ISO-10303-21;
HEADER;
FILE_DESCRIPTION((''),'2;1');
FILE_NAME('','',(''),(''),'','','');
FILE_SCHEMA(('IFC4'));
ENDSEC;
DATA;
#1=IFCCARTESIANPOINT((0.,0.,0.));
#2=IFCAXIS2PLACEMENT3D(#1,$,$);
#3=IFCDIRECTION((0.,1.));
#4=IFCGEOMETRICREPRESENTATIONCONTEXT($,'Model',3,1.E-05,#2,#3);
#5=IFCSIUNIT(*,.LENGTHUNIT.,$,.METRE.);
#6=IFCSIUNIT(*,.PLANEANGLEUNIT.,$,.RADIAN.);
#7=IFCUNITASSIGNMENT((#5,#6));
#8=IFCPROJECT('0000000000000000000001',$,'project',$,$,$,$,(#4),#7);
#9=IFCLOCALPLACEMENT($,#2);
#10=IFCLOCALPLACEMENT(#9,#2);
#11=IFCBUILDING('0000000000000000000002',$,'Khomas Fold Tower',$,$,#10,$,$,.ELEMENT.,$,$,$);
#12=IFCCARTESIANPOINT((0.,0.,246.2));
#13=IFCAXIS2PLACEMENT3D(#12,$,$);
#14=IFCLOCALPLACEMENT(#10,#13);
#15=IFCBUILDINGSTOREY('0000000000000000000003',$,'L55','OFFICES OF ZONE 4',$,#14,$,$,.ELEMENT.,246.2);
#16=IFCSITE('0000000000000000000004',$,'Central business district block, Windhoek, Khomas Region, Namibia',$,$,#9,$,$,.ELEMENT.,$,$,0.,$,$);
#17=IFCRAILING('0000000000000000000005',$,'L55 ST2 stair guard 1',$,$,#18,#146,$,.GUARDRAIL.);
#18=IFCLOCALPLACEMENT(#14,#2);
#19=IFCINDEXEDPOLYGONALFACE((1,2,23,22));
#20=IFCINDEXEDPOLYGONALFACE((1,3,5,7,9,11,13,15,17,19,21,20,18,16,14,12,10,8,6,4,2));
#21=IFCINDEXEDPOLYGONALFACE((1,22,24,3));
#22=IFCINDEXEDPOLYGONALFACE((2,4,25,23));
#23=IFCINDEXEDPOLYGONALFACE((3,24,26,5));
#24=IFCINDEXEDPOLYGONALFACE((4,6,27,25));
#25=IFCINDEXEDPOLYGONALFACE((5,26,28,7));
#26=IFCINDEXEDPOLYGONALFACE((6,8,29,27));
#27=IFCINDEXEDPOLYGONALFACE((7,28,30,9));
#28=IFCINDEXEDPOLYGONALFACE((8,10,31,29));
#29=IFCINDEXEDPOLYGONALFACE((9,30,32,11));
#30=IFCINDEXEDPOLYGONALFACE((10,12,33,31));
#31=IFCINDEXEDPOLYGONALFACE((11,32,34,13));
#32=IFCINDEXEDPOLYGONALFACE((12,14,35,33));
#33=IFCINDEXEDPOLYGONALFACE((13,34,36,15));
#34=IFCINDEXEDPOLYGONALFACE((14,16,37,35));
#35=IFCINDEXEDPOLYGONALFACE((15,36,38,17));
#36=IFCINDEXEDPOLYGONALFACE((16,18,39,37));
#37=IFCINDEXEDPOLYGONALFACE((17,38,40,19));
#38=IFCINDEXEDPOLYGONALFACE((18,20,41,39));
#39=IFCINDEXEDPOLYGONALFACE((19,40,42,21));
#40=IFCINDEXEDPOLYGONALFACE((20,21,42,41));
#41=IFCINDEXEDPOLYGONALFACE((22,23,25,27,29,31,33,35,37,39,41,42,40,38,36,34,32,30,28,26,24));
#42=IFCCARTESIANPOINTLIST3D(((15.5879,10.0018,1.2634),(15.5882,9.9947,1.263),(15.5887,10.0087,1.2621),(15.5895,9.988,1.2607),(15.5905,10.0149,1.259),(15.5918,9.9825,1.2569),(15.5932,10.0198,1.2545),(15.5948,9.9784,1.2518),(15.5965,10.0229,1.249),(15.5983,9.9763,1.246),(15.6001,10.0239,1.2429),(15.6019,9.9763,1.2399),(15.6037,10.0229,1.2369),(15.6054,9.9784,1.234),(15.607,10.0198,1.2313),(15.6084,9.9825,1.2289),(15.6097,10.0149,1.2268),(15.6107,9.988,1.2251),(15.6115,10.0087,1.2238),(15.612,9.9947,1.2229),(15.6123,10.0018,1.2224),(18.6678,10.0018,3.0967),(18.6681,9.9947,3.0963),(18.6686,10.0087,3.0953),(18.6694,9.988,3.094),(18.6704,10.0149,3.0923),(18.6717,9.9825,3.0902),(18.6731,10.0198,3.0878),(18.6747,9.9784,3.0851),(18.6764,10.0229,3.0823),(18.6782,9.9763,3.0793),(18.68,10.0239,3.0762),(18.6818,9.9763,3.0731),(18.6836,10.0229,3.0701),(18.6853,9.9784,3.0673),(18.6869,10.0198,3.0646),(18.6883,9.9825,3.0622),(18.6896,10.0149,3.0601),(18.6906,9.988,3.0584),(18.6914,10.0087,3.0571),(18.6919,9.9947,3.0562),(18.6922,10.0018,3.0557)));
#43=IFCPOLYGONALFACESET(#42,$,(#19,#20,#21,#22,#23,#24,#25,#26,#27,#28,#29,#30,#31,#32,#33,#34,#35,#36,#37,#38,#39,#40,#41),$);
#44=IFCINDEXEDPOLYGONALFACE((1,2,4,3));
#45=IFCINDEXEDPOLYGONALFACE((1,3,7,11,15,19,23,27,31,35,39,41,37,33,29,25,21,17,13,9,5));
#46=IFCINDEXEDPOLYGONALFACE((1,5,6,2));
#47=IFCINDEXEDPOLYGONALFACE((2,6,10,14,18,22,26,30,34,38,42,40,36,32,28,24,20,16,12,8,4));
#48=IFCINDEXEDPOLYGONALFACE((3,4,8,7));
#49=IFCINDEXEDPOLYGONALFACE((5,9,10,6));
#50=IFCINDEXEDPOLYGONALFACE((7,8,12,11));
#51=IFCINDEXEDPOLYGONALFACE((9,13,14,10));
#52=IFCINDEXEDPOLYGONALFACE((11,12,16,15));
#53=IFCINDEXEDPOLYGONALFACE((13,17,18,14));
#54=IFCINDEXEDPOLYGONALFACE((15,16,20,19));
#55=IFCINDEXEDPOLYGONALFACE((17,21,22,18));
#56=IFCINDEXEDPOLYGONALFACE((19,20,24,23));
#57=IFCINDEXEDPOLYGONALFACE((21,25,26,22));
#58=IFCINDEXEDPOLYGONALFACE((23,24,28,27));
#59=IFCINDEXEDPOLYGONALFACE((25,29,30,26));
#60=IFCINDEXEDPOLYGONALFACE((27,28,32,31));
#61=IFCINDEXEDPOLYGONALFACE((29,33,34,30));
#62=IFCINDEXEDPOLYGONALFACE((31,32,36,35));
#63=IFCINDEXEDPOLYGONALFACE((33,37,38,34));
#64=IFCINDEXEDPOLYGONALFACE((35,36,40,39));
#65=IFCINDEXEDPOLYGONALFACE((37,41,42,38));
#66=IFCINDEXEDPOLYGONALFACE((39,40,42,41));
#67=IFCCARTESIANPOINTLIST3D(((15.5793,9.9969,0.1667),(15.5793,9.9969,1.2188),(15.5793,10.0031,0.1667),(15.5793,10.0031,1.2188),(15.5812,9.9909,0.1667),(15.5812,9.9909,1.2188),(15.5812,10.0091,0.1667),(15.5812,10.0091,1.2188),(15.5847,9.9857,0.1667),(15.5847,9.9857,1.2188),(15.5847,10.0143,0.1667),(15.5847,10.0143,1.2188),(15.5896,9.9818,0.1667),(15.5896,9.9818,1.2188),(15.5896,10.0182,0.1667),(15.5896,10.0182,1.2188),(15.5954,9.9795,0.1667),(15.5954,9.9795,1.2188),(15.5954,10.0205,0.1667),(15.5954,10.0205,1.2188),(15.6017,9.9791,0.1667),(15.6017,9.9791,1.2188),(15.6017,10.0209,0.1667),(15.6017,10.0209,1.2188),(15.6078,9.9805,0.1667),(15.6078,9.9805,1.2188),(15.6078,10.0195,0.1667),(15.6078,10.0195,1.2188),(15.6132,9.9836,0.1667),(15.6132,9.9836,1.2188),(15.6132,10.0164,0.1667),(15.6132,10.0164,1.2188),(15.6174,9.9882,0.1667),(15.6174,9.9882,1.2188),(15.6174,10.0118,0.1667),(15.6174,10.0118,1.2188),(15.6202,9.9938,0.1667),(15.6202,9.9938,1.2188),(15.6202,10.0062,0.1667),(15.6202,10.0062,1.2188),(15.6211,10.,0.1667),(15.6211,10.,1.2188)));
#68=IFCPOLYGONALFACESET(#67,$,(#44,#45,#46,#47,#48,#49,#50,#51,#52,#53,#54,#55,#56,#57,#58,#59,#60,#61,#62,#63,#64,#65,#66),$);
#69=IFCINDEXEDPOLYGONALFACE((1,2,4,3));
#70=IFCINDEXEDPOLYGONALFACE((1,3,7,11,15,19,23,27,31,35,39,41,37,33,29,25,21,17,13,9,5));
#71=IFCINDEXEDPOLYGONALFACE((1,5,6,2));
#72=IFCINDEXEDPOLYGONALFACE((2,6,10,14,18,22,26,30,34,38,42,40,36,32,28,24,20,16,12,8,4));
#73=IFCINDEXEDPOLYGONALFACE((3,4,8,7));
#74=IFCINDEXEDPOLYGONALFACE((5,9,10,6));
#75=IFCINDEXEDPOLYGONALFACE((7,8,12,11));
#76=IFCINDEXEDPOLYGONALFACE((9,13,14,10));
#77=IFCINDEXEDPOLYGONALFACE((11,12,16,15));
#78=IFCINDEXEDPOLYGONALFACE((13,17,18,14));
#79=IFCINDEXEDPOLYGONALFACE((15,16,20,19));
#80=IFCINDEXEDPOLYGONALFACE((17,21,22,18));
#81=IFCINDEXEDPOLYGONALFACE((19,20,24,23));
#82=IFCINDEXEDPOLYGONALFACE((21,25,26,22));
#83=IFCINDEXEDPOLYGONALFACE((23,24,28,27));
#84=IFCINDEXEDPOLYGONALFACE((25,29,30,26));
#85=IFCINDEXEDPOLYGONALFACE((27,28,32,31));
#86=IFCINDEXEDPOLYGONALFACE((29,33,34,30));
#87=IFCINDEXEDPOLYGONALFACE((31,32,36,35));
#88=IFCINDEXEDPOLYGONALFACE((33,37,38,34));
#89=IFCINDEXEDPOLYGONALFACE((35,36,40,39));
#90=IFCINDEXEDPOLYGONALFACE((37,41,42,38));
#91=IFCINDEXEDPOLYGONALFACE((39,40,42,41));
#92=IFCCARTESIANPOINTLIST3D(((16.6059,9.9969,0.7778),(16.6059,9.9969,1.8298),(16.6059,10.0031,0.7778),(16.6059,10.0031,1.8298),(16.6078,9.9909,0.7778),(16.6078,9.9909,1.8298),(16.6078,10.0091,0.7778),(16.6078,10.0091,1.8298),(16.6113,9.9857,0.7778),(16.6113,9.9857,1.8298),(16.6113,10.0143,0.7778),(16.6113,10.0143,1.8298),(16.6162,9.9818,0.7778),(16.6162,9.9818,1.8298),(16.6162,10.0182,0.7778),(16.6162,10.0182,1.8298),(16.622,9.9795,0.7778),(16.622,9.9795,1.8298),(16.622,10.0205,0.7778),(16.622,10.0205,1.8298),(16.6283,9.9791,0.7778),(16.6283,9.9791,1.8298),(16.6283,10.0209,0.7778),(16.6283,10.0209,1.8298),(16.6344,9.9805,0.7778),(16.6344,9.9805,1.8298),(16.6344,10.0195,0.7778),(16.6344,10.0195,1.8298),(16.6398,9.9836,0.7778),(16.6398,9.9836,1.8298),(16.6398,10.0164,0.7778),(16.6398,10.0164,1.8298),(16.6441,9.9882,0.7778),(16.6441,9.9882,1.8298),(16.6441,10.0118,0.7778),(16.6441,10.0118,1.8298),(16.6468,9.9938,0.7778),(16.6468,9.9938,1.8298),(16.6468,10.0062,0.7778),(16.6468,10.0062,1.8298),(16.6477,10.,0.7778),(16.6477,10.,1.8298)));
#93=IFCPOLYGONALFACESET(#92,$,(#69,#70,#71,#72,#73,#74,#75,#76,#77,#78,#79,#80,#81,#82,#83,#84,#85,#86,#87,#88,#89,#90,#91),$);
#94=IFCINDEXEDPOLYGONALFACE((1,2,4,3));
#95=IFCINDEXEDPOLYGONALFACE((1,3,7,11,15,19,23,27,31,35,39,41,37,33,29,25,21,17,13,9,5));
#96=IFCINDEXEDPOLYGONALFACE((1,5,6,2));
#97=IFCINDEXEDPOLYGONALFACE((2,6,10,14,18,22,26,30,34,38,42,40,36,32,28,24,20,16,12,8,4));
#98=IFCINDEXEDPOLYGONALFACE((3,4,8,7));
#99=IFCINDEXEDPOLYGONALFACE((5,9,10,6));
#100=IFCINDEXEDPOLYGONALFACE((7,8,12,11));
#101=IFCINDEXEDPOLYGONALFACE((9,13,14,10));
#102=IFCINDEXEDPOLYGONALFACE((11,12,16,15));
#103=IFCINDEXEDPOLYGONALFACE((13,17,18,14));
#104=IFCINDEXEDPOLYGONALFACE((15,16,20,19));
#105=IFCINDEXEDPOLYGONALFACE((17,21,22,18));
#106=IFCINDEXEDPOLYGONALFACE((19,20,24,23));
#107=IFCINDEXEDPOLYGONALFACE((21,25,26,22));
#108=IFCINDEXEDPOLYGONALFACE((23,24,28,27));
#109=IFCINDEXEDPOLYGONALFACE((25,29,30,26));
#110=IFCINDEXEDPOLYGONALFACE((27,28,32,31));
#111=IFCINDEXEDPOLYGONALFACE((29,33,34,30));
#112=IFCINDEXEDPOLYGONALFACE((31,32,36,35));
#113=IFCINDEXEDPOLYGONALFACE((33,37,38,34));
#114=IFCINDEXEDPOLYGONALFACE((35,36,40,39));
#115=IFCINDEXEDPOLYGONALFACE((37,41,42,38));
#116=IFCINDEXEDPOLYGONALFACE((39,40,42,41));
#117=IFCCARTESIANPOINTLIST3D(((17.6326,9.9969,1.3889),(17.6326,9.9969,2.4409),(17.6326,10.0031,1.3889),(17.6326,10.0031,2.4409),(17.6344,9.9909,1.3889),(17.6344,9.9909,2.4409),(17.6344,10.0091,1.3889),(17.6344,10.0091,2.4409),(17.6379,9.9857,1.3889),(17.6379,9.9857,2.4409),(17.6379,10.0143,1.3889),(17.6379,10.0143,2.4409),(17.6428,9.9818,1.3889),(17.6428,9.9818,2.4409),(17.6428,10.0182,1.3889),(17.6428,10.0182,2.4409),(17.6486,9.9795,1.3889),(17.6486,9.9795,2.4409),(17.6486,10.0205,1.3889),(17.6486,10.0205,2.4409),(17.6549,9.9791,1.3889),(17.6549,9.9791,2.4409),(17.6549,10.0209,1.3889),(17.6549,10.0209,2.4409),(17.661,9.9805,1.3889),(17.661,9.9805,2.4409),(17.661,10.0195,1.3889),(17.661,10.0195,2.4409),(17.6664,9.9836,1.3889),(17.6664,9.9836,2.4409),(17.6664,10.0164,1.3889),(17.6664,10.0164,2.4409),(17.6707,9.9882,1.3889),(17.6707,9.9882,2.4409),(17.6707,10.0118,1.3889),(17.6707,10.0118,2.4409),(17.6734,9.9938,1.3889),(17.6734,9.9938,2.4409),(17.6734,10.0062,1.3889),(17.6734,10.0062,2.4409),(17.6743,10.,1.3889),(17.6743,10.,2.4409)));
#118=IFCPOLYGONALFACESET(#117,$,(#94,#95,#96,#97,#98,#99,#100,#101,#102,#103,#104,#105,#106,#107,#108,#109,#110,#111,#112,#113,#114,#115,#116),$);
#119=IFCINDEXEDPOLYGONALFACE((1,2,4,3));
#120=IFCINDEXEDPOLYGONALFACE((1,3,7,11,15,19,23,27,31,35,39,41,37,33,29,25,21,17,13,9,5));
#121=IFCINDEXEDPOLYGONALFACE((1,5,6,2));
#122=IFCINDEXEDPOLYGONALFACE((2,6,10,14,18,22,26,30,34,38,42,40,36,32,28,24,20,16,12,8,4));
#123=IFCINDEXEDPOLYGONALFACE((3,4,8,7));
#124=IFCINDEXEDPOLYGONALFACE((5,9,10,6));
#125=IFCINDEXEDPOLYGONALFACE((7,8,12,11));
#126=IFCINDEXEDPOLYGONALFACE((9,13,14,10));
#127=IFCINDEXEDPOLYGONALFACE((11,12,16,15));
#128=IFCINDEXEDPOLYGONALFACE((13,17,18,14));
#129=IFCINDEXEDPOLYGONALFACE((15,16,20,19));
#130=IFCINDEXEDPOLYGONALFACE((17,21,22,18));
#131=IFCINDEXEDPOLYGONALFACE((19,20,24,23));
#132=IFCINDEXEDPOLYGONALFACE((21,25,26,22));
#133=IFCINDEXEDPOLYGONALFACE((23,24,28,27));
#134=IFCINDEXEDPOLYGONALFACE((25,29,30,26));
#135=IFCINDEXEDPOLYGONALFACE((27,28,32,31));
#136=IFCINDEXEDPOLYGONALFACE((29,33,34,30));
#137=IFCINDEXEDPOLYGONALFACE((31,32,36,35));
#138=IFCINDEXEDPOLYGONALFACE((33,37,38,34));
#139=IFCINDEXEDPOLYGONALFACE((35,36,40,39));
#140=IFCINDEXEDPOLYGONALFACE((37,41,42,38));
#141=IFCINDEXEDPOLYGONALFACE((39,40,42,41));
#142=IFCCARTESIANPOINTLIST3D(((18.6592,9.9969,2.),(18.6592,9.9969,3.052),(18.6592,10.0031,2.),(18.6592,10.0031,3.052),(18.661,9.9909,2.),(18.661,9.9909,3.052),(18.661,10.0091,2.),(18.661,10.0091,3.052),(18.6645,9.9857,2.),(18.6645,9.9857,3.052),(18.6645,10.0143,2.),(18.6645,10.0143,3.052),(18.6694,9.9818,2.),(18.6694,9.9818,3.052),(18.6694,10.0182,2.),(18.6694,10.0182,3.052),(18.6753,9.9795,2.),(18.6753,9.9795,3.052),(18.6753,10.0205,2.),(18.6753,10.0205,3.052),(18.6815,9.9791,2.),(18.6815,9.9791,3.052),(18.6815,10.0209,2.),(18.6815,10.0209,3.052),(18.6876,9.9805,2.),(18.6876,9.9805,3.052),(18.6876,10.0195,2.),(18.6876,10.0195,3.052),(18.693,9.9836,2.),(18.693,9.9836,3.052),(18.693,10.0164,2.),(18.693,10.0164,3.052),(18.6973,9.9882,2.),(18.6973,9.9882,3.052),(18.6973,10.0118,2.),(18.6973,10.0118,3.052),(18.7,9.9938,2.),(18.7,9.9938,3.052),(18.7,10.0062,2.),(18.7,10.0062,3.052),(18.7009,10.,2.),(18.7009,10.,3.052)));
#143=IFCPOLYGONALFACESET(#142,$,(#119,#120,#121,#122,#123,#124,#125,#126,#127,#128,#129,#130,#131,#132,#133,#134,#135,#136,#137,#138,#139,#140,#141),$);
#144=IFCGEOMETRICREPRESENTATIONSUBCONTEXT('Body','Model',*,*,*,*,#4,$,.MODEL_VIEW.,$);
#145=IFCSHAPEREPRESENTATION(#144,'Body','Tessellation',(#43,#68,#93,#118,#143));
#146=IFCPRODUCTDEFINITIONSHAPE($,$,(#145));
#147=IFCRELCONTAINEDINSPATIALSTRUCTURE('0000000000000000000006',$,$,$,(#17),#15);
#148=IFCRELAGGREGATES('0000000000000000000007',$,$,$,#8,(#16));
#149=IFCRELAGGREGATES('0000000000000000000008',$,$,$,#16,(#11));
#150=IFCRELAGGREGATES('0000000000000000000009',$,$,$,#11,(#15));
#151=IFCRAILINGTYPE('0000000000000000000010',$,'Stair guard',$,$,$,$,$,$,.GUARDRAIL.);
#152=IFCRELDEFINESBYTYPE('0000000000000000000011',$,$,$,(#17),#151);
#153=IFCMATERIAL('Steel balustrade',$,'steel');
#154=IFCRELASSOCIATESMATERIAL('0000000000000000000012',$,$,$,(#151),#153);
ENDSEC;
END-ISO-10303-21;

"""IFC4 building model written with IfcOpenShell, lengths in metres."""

from ifc_helpers import new_model, si_unit, direction, frame, origin, origin_2d, place, context, subcontext, project, spatial, circle, extrude, source, transform, mapped, material, type_object, element, save


model = new_model("IFC4")

# Units and contexts
model_context = context("Model", 3, precision=1e-05, world=origin(), true_north=direction((0.0, 1.0)))
body_context = subcontext(model_context, "Body", "Model", "MODEL_VIEW")
ifc_project = project(units=[si_unit("LENGTHUNIT", "METRE"), si_unit("PLANEANGLEUNIT", "RADIAN")], contexts=[model_context])

# Site, building, storey
site_placement = place(None, origin())
site = spatial("IfcSite", under=ifc_project, at=site_placement, Name="Central business district block, Windhoek, Khomas Region, Namibia", CompositionType="ELEMENT", RefElevation=0.0)
building_placement = place(site_placement, origin())
building = spatial("IfcBuilding", under=site, at=building_placement, Name="Khomas Fold Tower", CompositionType="ELEMENT")
storey_placement = place(building_placement, frame((0.0, 0.0, 246.2)))
storey = spatial("IfcBuildingStorey", under=building, at=storey_placement, Name="L55", Description="OFFICES OF ZONE 4", CompositionType="ELEMENT", Elevation=246.2)

# Railing
ifc_material_1 = material(Name="Steel balustrade", Category="steel")
railing_type_1 = type_object("IfcRailingType", Name="Stair guard", PredefinedType="GUARDRAIL", material=ifc_material_1)
shared_shape_1 = source(origin(), body_context, "Body", "SweptSolid", [
    extrude(circle(Radius=0.0239, at=origin_2d()), frame((0.0, 0.0, 1.0762), z_axis=(0.859291, 0.0, 0.511487), x_axis=(0.0, 1.0, 0.0)), (0.0, 0.0, 1.0), 3.5842),
    extrude(circle(Radius=0.021, at=origin_2d()), origin(), (0.0, 0.0, 1.0), 1.052),
    extrude(circle(Radius=0.021, at=origin_2d()), frame((1.0266, 0.0, 0.6111)), (0.0, 0.0, 1.0), 1.052),
    extrude(circle(Radius=0.021, at=origin_2d()), frame((2.0532, 0.0, 1.2222)), (0.0, 0.0, 1.0), 1.052),
    extrude(circle(Radius=0.021, at=origin_2d()), frame((3.0798, 0.0, 1.8333)), (0.0, 0.0, 1.0), 1.052),
])
railing_1_placement = place(storey_placement, frame((15.6001, 10.0, 0.1667)))
element("IfcRailing", 1, at=railing_1_placement, inside=storey, type_object=railing_type_1, Name="L55 ST2 stair guard 1", PredefinedType="GUARDRAIL", context=body_context, shape_type="MappedRepresentation", body=[
    mapped(shared_shape_1, transform((0.0, 0.0, 0.0))),
])

save(model, "model.ifc")
